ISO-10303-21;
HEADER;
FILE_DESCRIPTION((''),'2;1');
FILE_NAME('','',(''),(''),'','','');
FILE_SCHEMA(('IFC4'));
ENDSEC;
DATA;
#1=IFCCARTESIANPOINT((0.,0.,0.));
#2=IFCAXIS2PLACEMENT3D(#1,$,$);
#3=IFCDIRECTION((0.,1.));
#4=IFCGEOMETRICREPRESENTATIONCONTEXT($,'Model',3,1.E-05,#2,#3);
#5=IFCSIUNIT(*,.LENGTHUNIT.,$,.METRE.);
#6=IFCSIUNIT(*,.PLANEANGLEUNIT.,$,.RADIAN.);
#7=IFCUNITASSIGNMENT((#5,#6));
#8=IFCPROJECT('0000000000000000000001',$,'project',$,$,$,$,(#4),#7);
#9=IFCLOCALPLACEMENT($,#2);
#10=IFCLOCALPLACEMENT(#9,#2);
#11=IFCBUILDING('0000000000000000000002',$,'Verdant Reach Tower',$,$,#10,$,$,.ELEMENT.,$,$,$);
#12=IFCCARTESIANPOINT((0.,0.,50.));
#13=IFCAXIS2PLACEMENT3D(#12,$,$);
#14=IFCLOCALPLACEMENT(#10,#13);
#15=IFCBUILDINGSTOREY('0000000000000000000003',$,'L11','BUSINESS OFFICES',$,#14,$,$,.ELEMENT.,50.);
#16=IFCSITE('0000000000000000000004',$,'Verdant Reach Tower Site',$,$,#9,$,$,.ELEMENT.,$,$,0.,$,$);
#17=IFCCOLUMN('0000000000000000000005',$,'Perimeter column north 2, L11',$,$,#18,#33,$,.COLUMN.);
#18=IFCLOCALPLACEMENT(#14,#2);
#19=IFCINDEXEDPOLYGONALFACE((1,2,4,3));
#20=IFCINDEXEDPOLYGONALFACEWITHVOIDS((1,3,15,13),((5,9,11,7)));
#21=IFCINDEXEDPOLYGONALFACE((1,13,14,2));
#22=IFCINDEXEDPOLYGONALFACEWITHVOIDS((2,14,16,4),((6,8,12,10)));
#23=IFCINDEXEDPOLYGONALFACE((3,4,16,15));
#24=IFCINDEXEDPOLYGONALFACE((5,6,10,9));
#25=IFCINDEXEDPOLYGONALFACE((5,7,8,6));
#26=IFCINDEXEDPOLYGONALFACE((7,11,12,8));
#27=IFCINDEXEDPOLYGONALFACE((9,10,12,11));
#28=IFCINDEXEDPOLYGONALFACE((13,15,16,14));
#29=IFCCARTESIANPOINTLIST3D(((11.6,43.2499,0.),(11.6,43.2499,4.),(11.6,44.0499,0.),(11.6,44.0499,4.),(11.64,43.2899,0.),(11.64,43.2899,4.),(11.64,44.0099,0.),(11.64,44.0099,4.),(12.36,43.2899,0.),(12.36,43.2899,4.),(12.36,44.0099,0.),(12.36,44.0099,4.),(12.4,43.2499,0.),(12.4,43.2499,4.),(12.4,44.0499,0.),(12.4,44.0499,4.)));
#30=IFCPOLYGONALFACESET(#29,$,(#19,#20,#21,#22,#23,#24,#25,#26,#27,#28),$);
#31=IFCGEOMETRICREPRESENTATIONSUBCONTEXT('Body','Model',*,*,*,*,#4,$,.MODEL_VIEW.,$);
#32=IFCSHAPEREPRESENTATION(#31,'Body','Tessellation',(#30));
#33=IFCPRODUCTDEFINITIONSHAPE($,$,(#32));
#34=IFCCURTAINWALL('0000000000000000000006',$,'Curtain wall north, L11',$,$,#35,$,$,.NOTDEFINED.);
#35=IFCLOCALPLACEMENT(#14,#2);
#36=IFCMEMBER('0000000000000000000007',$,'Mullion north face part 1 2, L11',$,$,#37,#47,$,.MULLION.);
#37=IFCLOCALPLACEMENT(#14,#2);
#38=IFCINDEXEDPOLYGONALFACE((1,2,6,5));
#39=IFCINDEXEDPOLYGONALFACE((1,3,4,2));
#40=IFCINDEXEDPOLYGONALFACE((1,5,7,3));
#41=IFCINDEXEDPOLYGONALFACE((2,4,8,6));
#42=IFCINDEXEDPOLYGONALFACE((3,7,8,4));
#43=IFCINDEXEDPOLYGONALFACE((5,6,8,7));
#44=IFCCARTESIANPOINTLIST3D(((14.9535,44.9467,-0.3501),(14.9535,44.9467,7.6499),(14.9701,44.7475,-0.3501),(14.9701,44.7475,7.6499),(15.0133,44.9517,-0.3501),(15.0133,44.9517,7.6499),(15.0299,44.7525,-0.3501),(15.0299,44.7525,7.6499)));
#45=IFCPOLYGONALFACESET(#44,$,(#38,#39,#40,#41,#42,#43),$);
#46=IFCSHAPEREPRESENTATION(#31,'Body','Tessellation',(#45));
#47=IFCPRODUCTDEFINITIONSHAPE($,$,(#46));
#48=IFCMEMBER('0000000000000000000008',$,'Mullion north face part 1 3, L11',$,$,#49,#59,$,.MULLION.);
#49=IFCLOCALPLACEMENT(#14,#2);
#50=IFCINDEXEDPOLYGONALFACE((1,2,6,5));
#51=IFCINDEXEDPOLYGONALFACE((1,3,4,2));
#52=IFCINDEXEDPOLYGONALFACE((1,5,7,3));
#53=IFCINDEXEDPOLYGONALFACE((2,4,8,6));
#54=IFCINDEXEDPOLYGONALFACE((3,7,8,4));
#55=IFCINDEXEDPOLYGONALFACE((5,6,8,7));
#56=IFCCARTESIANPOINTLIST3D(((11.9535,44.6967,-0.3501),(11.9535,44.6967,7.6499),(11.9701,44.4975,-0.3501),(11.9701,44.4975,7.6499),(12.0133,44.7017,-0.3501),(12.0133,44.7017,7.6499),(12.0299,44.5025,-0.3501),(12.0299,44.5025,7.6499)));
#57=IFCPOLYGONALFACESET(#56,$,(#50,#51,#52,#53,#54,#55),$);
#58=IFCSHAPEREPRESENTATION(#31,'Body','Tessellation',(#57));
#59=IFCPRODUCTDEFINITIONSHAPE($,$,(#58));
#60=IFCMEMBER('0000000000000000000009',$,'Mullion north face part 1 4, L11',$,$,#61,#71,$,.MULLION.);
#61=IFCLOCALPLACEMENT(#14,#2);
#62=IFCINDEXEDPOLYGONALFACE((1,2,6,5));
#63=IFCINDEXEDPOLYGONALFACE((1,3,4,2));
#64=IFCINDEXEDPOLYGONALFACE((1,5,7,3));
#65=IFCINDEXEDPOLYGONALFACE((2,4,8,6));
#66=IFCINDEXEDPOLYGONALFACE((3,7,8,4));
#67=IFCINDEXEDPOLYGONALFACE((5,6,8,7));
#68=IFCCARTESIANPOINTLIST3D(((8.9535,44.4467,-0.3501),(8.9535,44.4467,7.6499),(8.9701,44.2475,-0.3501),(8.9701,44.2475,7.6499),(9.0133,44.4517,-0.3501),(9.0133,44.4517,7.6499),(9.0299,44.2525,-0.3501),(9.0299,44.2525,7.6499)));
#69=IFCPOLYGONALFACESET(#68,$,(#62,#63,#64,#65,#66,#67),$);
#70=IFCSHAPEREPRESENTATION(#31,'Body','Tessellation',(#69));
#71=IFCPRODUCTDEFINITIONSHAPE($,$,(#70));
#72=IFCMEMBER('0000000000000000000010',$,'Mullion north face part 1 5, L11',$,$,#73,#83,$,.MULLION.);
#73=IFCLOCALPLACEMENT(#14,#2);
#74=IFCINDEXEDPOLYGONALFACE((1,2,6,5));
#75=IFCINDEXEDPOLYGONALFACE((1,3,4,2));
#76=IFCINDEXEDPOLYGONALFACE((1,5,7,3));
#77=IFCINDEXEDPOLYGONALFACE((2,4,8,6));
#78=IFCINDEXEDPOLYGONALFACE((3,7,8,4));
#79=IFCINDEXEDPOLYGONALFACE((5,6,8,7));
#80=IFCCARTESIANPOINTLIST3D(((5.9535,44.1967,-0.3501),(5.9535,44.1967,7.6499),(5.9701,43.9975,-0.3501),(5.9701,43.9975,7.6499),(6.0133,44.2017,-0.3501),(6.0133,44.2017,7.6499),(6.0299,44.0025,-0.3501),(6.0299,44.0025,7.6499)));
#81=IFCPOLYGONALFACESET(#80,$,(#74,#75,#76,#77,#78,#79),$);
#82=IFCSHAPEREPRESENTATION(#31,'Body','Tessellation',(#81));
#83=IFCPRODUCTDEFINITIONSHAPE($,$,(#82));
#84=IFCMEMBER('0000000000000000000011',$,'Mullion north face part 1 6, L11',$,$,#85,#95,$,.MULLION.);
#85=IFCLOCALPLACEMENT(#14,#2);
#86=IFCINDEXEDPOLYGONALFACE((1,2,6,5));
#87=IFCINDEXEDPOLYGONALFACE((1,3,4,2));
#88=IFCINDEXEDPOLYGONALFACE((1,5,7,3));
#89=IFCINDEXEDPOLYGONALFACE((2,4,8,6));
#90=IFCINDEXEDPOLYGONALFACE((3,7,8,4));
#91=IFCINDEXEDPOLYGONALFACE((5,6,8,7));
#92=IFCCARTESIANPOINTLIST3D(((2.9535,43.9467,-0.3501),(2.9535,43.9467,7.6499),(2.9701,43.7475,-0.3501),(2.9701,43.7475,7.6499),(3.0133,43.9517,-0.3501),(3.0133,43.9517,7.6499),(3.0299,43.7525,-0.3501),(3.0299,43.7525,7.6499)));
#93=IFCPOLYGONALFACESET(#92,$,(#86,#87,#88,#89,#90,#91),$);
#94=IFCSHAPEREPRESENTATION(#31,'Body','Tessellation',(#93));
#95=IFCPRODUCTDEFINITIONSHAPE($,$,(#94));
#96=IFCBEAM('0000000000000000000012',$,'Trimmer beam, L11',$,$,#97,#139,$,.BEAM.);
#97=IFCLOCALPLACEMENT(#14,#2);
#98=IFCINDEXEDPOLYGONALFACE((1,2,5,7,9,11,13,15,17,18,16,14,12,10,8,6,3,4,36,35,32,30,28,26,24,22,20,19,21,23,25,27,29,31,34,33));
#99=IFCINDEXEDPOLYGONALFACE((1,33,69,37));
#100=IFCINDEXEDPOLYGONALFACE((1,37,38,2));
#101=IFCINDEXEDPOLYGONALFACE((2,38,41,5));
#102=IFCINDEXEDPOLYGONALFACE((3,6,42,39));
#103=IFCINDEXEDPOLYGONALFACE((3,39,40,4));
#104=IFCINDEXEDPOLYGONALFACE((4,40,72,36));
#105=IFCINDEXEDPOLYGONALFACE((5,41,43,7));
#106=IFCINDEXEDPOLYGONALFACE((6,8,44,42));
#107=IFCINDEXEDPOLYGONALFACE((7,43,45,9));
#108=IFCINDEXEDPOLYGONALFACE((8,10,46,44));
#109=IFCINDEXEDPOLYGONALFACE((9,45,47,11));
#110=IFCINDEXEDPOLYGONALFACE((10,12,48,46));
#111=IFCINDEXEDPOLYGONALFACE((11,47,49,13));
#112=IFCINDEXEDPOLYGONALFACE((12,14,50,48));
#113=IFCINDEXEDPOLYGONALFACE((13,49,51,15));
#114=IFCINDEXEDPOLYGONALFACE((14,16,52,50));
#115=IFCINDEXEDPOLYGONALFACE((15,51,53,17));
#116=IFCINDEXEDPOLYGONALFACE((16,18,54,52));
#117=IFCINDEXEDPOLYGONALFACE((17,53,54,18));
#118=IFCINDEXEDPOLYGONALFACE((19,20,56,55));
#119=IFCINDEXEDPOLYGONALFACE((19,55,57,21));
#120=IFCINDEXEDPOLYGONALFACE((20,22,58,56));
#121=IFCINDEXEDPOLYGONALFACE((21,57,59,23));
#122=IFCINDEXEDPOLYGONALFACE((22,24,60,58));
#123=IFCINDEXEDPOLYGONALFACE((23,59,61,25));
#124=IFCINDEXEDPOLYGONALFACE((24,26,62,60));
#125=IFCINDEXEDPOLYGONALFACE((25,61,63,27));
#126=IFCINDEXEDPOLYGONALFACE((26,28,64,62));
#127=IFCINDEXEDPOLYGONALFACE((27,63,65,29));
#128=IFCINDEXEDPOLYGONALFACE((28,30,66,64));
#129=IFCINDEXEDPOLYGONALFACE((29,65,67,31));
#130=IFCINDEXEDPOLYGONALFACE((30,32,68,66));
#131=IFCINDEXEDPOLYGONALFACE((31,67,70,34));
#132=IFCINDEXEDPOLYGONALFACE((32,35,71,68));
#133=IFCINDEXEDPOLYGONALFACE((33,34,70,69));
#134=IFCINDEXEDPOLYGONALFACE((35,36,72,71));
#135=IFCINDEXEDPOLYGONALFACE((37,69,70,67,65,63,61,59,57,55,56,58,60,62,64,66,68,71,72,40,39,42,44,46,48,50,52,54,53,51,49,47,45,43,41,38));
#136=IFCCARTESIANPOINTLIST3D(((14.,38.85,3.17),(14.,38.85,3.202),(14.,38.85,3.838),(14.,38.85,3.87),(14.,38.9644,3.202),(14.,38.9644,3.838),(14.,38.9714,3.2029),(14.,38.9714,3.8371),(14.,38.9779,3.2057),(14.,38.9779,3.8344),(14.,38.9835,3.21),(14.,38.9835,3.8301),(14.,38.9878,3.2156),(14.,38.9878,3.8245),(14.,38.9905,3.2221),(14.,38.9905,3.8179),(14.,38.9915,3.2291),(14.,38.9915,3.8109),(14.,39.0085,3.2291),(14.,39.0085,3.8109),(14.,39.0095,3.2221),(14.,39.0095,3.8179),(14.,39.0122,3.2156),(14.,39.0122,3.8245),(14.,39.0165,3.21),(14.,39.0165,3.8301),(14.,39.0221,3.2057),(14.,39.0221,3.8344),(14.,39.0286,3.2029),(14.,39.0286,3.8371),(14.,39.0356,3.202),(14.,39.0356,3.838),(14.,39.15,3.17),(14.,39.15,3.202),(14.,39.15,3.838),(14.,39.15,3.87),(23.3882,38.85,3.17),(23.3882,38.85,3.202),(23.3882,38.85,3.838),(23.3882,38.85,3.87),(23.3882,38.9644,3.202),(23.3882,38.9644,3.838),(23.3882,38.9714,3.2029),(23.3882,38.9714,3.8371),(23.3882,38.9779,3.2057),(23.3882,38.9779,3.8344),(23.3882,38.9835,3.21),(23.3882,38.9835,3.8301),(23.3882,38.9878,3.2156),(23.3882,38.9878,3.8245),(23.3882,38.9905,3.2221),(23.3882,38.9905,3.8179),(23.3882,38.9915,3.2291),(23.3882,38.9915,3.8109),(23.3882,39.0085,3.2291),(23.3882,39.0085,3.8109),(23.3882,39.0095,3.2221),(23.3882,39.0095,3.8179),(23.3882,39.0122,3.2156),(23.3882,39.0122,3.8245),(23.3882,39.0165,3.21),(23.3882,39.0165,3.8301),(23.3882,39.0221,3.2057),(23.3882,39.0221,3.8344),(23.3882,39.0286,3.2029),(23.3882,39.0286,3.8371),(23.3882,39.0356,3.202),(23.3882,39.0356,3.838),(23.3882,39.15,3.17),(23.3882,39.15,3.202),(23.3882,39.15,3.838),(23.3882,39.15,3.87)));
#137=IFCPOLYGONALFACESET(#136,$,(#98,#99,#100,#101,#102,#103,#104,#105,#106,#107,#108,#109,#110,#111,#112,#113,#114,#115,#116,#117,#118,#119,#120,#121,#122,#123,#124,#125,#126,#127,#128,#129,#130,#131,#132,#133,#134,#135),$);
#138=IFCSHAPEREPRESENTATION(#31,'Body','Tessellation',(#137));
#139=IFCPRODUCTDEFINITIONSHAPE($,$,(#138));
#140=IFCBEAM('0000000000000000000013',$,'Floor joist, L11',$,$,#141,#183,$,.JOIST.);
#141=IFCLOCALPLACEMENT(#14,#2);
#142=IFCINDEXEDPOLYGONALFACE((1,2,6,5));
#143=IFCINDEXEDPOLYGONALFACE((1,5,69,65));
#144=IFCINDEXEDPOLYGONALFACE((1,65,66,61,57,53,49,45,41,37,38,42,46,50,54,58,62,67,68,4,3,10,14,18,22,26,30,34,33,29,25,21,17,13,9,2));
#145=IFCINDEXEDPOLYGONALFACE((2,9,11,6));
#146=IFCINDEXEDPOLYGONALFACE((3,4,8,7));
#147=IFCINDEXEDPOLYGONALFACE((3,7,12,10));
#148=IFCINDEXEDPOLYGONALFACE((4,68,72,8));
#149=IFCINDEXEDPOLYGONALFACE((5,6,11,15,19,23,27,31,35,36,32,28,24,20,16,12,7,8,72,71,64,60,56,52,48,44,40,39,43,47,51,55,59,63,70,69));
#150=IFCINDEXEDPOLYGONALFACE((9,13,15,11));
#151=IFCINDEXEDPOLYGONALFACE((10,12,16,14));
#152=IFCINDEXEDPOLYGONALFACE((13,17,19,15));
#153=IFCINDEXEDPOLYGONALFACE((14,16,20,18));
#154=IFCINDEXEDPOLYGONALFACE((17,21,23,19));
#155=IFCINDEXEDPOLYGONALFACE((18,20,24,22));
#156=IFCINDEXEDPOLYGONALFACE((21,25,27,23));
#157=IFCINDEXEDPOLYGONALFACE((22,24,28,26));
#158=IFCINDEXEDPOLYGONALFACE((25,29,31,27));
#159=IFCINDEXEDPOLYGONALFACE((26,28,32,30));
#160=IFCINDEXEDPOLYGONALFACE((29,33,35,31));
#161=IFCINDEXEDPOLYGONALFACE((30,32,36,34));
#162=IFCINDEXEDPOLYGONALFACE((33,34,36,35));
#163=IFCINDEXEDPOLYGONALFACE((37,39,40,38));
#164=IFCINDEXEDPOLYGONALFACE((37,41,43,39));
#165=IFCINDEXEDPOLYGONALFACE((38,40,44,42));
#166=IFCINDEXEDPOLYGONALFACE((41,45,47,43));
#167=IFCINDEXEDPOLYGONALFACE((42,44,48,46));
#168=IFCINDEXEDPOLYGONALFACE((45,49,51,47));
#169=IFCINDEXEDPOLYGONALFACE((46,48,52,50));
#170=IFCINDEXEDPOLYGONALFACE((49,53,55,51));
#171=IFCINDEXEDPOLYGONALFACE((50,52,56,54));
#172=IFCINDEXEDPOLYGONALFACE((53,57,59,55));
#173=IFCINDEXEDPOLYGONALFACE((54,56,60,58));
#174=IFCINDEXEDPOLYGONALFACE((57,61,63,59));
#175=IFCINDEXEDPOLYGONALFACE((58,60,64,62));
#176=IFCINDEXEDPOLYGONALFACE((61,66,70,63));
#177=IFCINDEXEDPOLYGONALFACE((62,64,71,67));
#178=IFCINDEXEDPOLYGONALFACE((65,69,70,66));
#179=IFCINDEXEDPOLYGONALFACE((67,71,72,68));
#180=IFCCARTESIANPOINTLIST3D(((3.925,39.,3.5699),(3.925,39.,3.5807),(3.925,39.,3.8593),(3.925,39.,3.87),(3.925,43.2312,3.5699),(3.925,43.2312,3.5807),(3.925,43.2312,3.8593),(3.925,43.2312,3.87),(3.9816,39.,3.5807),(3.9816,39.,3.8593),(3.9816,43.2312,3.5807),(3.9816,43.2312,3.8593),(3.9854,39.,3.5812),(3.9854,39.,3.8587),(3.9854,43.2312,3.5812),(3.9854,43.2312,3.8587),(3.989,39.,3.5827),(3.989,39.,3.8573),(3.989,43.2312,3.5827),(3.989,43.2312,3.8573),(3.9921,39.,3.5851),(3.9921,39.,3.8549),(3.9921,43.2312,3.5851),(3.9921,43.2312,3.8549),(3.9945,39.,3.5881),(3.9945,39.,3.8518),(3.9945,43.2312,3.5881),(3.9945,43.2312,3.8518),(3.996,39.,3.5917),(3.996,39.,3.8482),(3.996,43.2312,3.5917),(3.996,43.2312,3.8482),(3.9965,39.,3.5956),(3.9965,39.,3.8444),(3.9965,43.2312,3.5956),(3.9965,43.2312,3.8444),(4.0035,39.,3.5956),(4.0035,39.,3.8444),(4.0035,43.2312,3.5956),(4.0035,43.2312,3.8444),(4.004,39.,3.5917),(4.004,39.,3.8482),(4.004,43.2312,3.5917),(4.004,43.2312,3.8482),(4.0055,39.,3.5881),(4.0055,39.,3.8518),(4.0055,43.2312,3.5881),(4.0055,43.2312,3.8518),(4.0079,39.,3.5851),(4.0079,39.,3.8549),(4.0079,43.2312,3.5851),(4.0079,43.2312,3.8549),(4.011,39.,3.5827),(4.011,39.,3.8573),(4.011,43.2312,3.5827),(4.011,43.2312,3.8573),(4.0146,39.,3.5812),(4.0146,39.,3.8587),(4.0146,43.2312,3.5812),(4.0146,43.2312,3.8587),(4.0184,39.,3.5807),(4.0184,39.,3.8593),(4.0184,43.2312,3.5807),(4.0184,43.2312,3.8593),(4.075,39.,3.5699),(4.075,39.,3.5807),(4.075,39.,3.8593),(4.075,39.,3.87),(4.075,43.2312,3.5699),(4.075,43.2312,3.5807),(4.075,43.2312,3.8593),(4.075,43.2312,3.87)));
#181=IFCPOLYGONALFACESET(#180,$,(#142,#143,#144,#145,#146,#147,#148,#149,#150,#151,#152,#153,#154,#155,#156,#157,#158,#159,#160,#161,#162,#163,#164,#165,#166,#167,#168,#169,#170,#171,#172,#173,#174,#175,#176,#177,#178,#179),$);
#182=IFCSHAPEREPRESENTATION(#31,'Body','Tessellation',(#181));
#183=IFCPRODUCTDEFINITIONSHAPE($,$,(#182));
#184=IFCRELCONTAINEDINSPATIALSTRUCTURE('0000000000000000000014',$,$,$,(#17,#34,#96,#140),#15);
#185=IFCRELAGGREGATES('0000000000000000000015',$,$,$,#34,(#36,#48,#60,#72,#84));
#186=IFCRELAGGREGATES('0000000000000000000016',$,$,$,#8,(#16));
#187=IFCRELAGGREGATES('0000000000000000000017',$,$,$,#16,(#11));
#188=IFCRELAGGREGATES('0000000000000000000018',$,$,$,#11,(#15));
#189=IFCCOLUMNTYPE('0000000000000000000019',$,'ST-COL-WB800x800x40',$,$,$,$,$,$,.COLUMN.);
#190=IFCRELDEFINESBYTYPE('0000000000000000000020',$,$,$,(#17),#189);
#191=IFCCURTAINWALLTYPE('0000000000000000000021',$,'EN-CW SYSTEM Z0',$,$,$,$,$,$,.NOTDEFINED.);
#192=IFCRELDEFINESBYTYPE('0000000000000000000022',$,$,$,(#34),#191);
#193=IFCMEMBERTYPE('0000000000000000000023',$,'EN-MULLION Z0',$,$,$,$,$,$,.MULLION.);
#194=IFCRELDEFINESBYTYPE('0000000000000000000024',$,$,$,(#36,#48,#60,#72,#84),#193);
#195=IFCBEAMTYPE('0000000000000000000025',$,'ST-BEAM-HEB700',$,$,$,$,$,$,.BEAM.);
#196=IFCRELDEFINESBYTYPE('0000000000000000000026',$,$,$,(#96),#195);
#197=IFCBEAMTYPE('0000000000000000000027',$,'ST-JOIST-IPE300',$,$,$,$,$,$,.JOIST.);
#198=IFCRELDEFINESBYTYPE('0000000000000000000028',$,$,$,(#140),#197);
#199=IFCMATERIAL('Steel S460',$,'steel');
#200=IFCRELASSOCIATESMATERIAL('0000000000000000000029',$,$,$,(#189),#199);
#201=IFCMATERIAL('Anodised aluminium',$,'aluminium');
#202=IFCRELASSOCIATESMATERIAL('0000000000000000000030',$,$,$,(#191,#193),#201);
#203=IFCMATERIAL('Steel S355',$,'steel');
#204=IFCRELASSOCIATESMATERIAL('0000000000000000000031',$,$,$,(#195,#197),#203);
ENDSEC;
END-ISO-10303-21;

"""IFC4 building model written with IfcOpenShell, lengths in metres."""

from ifc_helpers import new_model, si_unit, direction, frame, origin, origin_2d, place, context, subcontext, project, spatial, rectangle, hollow_rectangle, i_section, extrude, material, material_profile, profile_set, type_object, element, aggregate, save


model = new_model("IFC4")

# Units and contexts
model_context = context("Model", 3, precision=1e-05, world=origin(), true_north=direction((0.0, 1.0)))
body_context = subcontext(model_context, "Body", "Model", "MODEL_VIEW")
ifc_project = project(units=[si_unit("LENGTHUNIT", "METRE"), si_unit("PLANEANGLEUNIT", "RADIAN")], contexts=[model_context])

# Site, building, storey
site_placement = place(None, origin())
site = spatial("IfcSite", under=ifc_project, at=site_placement, Name="Verdant Reach Tower Site", CompositionType="ELEMENT", RefElevation=0.0)
building_placement = place(site_placement, origin())
building = spatial("IfcBuilding", under=site, at=building_placement, Name="Verdant Reach Tower", CompositionType="ELEMENT")
storey_placement = place(building_placement, frame((0.0, 0.0, 50.0)))
storey = spatial("IfcBuildingStorey", under=building, at=storey_placement, Name="L11", Description="BUSINESS OFFICES", CompositionType="ELEMENT", Elevation=50.0)

# Column
ifc_material_1 = material(Name="Steel S460", Category="steel")
ifc_material_profile_1 = material_profile(ifc_material_1, hollow_rectangle(XDim=0.8, YDim=0.8, WallThickness=0.04, at=origin_2d()), Name="WB 800x800x40")
ifc_profile_set_1 = profile_set([ifc_material_profile_1], Name="Steel S460")
column_type = type_object("IfcColumnType", Name="ST-COL-WB800x800x40", PredefinedType="COLUMN", material=ifc_profile_set_1)
column_placement = place(storey_placement, frame((12.0, 43.6499, 0.0), z_axis=(0.0, 0.0, 1.0), x_axis=(1.0, 0.0, 0.0)))
element("IfcColumn", 1, at=column_placement, inside=storey, type_object=column_type, Name="Perimeter column north 2, L11", PredefinedType="COLUMN", context=body_context, shape_type="SweptSolid", body=[
    extrude(hollow_rectangle(XDim=0.8, YDim=0.8, WallThickness=0.04, at=origin_2d()), origin(), (0.0, 0.0, 1.0), 4.0),
])

# Curtain wall, members
ifc_material_2 = material(Name="Anodised aluminium", Category="aluminium")
curtain_wall_type = type_object("IfcCurtainWallType", Name="EN-CW SYSTEM Z0", PredefinedType="NOTDEFINED", material=ifc_material_2)
curtain_wall_placement = place(storey_placement, origin())
curtain_wall = element("IfcCurtainWall", 2, at=curtain_wall_placement, inside=storey, type_object=curtain_wall_type, Name="Curtain wall north, L11", PredefinedType="NOTDEFINED")
ifc_material_profile_2 = material_profile(ifc_material_2, rectangle(XDim=0.2, YDim=0.0601, at=origin_2d()), Name="Mullion 60x200")
ifc_profile_set_2 = profile_set([ifc_material_profile_2], Name="Anodised aluminium")
member_type = type_object("IfcMemberType", Name="EN-MULLION Z0", PredefinedType="MULLION", material=ifc_profile_set_2)
member_1_placement = place(storey_placement, frame((14.9917, 44.8496, -0.3501), z_axis=(0.0, 0.0, 1.0), x_axis=(-0.083045, 0.996546, 0.0)))
member_1 = element("IfcMember", 3, at=member_1_placement, type_object=member_type, Name="Mullion north face part 1 2, L11", PredefinedType="MULLION", context=body_context, shape_type="SweptSolid", body=[
    extrude(rectangle(XDim=0.2, YDim=0.0601, at=origin_2d()), origin(), (0.0, 0.0, 1.0), 8.0),
])
member_2_placement = place(storey_placement, frame((11.9917, 44.5996, -0.3501), z_axis=(0.0, 0.0, 1.0), x_axis=(-0.083045, 0.996546, 0.0)))
member_2 = element("IfcMember", 4, at=member_2_placement, type_object=member_type, Name="Mullion north face part 1 3, L11", PredefinedType="MULLION", context=body_context, shape_type="SweptSolid", body=[
    extrude(rectangle(XDim=0.2, YDim=0.0601, at=origin_2d()), origin(), (0.0, 0.0, 1.0), 8.0),
])
member_3_placement = place(storey_placement, frame((8.9917, 44.3496, -0.3501), z_axis=(0.0, 0.0, 1.0), x_axis=(-0.083045, 0.996546, 0.0)))
member_3 = element("IfcMember", 5, at=member_3_placement, type_object=member_type, Name="Mullion north face part 1 4, L11", PredefinedType="MULLION", context=body_context, shape_type="SweptSolid", body=[
    extrude(rectangle(XDim=0.2, YDim=0.0601, at=origin_2d()), origin(), (0.0, 0.0, 1.0), 8.0),
])
member_4_placement = place(storey_placement, frame((5.9917, 44.0996, -0.3501), z_axis=(0.0, 0.0, 1.0), x_axis=(-0.083045, 0.996546, 0.0)))
member_4 = element("IfcMember", 6, at=member_4_placement, type_object=member_type, Name="Mullion north face part 1 5, L11", PredefinedType="MULLION", context=body_context, shape_type="SweptSolid", body=[
    extrude(rectangle(XDim=0.2, YDim=0.0601, at=origin_2d()), origin(), (0.0, 0.0, 1.0), 8.0),
])
member_5_placement = place(storey_placement, frame((2.9917, 43.8496, -0.3501), z_axis=(0.0, 0.0, 1.0), x_axis=(-0.083045, 0.996546, 0.0)))
member_5 = element("IfcMember", 7, at=member_5_placement, type_object=member_type, Name="Mullion north face part 1 6, L11", PredefinedType="MULLION", context=body_context, shape_type="SweptSolid", body=[
    extrude(rectangle(XDim=0.2, YDim=0.0601, at=origin_2d()), origin(), (0.0, 0.0, 1.0), 8.0),
])

# Beams
ifc_material_3 = material(Name="Steel S355", Category="steel")
ifc_material_profile_3 = material_profile(ifc_material_3, i_section(OverallWidth=0.3, OverallDepth=0.7, WebThickness=0.0171, FlangeThickness=0.032, FilletRadius=0.0271, at=origin_2d()), Name="HEB 700")
ifc_profile_set_3 = profile_set([ifc_material_profile_3], Name="Steel S355")
beam_type_1 = type_object("IfcBeamType", Name="ST-BEAM-HEB700", PredefinedType="BEAM", material=ifc_profile_set_3)
beam_1_placement = place(storey_placement, frame((14.0, 39.0, 3.52), z_axis=(1.0, 0.0, 0.0), x_axis=(0.0, 1.0, 0.0)))
element("IfcBeam", 8, at=beam_1_placement, inside=storey, type_object=beam_type_1, Name="Trimmer beam, L11", PredefinedType="BEAM", context=body_context, shape_type="SweptSolid", body=[
    extrude(i_section(OverallWidth=0.3, OverallDepth=0.7, WebThickness=0.0171, FlangeThickness=0.032, FilletRadius=0.0271, at=origin_2d()), origin(), (0.0, 0.0, 1.0), 9.3882),
])
ifc_material_profile_4 = material_profile(ifc_material_3, i_section(OverallWidth=0.1499, OverallDepth=0.3, WebThickness=0.0071, FlangeThickness=0.0107, FilletRadius=0.0149, at=origin_2d()), Name="IPE 300")
ifc_profile_set_4 = profile_set([ifc_material_profile_4], Name="Steel S355")
beam_type_2 = type_object("IfcBeamType", Name="ST-JOIST-IPE300", PredefinedType="JOIST", material=ifc_profile_set_4)
beam_2_placement = place(storey_placement, frame((4.0, 39.0, 3.72), z_axis=(0.0, 1.0, 0.0), x_axis=(-1.0, 0.0, 0.0)))
element("IfcBeam", 9, at=beam_2_placement, inside=storey, type_object=beam_type_2, Name="Floor joist, L11", PredefinedType="JOIST", context=body_context, shape_type="SweptSolid", body=[
    extrude(i_section(OverallWidth=0.1499, OverallDepth=0.3, WebThickness=0.0071, FlangeThickness=0.0107, FilletRadius=0.0149, at=origin_2d()), origin(), (0.0, 0.0, 1.0), 4.2312),
])

aggregate(curtain_wall, [member_1, member_2, member_3, member_4, member_5])

save(model, "model.ifc")
